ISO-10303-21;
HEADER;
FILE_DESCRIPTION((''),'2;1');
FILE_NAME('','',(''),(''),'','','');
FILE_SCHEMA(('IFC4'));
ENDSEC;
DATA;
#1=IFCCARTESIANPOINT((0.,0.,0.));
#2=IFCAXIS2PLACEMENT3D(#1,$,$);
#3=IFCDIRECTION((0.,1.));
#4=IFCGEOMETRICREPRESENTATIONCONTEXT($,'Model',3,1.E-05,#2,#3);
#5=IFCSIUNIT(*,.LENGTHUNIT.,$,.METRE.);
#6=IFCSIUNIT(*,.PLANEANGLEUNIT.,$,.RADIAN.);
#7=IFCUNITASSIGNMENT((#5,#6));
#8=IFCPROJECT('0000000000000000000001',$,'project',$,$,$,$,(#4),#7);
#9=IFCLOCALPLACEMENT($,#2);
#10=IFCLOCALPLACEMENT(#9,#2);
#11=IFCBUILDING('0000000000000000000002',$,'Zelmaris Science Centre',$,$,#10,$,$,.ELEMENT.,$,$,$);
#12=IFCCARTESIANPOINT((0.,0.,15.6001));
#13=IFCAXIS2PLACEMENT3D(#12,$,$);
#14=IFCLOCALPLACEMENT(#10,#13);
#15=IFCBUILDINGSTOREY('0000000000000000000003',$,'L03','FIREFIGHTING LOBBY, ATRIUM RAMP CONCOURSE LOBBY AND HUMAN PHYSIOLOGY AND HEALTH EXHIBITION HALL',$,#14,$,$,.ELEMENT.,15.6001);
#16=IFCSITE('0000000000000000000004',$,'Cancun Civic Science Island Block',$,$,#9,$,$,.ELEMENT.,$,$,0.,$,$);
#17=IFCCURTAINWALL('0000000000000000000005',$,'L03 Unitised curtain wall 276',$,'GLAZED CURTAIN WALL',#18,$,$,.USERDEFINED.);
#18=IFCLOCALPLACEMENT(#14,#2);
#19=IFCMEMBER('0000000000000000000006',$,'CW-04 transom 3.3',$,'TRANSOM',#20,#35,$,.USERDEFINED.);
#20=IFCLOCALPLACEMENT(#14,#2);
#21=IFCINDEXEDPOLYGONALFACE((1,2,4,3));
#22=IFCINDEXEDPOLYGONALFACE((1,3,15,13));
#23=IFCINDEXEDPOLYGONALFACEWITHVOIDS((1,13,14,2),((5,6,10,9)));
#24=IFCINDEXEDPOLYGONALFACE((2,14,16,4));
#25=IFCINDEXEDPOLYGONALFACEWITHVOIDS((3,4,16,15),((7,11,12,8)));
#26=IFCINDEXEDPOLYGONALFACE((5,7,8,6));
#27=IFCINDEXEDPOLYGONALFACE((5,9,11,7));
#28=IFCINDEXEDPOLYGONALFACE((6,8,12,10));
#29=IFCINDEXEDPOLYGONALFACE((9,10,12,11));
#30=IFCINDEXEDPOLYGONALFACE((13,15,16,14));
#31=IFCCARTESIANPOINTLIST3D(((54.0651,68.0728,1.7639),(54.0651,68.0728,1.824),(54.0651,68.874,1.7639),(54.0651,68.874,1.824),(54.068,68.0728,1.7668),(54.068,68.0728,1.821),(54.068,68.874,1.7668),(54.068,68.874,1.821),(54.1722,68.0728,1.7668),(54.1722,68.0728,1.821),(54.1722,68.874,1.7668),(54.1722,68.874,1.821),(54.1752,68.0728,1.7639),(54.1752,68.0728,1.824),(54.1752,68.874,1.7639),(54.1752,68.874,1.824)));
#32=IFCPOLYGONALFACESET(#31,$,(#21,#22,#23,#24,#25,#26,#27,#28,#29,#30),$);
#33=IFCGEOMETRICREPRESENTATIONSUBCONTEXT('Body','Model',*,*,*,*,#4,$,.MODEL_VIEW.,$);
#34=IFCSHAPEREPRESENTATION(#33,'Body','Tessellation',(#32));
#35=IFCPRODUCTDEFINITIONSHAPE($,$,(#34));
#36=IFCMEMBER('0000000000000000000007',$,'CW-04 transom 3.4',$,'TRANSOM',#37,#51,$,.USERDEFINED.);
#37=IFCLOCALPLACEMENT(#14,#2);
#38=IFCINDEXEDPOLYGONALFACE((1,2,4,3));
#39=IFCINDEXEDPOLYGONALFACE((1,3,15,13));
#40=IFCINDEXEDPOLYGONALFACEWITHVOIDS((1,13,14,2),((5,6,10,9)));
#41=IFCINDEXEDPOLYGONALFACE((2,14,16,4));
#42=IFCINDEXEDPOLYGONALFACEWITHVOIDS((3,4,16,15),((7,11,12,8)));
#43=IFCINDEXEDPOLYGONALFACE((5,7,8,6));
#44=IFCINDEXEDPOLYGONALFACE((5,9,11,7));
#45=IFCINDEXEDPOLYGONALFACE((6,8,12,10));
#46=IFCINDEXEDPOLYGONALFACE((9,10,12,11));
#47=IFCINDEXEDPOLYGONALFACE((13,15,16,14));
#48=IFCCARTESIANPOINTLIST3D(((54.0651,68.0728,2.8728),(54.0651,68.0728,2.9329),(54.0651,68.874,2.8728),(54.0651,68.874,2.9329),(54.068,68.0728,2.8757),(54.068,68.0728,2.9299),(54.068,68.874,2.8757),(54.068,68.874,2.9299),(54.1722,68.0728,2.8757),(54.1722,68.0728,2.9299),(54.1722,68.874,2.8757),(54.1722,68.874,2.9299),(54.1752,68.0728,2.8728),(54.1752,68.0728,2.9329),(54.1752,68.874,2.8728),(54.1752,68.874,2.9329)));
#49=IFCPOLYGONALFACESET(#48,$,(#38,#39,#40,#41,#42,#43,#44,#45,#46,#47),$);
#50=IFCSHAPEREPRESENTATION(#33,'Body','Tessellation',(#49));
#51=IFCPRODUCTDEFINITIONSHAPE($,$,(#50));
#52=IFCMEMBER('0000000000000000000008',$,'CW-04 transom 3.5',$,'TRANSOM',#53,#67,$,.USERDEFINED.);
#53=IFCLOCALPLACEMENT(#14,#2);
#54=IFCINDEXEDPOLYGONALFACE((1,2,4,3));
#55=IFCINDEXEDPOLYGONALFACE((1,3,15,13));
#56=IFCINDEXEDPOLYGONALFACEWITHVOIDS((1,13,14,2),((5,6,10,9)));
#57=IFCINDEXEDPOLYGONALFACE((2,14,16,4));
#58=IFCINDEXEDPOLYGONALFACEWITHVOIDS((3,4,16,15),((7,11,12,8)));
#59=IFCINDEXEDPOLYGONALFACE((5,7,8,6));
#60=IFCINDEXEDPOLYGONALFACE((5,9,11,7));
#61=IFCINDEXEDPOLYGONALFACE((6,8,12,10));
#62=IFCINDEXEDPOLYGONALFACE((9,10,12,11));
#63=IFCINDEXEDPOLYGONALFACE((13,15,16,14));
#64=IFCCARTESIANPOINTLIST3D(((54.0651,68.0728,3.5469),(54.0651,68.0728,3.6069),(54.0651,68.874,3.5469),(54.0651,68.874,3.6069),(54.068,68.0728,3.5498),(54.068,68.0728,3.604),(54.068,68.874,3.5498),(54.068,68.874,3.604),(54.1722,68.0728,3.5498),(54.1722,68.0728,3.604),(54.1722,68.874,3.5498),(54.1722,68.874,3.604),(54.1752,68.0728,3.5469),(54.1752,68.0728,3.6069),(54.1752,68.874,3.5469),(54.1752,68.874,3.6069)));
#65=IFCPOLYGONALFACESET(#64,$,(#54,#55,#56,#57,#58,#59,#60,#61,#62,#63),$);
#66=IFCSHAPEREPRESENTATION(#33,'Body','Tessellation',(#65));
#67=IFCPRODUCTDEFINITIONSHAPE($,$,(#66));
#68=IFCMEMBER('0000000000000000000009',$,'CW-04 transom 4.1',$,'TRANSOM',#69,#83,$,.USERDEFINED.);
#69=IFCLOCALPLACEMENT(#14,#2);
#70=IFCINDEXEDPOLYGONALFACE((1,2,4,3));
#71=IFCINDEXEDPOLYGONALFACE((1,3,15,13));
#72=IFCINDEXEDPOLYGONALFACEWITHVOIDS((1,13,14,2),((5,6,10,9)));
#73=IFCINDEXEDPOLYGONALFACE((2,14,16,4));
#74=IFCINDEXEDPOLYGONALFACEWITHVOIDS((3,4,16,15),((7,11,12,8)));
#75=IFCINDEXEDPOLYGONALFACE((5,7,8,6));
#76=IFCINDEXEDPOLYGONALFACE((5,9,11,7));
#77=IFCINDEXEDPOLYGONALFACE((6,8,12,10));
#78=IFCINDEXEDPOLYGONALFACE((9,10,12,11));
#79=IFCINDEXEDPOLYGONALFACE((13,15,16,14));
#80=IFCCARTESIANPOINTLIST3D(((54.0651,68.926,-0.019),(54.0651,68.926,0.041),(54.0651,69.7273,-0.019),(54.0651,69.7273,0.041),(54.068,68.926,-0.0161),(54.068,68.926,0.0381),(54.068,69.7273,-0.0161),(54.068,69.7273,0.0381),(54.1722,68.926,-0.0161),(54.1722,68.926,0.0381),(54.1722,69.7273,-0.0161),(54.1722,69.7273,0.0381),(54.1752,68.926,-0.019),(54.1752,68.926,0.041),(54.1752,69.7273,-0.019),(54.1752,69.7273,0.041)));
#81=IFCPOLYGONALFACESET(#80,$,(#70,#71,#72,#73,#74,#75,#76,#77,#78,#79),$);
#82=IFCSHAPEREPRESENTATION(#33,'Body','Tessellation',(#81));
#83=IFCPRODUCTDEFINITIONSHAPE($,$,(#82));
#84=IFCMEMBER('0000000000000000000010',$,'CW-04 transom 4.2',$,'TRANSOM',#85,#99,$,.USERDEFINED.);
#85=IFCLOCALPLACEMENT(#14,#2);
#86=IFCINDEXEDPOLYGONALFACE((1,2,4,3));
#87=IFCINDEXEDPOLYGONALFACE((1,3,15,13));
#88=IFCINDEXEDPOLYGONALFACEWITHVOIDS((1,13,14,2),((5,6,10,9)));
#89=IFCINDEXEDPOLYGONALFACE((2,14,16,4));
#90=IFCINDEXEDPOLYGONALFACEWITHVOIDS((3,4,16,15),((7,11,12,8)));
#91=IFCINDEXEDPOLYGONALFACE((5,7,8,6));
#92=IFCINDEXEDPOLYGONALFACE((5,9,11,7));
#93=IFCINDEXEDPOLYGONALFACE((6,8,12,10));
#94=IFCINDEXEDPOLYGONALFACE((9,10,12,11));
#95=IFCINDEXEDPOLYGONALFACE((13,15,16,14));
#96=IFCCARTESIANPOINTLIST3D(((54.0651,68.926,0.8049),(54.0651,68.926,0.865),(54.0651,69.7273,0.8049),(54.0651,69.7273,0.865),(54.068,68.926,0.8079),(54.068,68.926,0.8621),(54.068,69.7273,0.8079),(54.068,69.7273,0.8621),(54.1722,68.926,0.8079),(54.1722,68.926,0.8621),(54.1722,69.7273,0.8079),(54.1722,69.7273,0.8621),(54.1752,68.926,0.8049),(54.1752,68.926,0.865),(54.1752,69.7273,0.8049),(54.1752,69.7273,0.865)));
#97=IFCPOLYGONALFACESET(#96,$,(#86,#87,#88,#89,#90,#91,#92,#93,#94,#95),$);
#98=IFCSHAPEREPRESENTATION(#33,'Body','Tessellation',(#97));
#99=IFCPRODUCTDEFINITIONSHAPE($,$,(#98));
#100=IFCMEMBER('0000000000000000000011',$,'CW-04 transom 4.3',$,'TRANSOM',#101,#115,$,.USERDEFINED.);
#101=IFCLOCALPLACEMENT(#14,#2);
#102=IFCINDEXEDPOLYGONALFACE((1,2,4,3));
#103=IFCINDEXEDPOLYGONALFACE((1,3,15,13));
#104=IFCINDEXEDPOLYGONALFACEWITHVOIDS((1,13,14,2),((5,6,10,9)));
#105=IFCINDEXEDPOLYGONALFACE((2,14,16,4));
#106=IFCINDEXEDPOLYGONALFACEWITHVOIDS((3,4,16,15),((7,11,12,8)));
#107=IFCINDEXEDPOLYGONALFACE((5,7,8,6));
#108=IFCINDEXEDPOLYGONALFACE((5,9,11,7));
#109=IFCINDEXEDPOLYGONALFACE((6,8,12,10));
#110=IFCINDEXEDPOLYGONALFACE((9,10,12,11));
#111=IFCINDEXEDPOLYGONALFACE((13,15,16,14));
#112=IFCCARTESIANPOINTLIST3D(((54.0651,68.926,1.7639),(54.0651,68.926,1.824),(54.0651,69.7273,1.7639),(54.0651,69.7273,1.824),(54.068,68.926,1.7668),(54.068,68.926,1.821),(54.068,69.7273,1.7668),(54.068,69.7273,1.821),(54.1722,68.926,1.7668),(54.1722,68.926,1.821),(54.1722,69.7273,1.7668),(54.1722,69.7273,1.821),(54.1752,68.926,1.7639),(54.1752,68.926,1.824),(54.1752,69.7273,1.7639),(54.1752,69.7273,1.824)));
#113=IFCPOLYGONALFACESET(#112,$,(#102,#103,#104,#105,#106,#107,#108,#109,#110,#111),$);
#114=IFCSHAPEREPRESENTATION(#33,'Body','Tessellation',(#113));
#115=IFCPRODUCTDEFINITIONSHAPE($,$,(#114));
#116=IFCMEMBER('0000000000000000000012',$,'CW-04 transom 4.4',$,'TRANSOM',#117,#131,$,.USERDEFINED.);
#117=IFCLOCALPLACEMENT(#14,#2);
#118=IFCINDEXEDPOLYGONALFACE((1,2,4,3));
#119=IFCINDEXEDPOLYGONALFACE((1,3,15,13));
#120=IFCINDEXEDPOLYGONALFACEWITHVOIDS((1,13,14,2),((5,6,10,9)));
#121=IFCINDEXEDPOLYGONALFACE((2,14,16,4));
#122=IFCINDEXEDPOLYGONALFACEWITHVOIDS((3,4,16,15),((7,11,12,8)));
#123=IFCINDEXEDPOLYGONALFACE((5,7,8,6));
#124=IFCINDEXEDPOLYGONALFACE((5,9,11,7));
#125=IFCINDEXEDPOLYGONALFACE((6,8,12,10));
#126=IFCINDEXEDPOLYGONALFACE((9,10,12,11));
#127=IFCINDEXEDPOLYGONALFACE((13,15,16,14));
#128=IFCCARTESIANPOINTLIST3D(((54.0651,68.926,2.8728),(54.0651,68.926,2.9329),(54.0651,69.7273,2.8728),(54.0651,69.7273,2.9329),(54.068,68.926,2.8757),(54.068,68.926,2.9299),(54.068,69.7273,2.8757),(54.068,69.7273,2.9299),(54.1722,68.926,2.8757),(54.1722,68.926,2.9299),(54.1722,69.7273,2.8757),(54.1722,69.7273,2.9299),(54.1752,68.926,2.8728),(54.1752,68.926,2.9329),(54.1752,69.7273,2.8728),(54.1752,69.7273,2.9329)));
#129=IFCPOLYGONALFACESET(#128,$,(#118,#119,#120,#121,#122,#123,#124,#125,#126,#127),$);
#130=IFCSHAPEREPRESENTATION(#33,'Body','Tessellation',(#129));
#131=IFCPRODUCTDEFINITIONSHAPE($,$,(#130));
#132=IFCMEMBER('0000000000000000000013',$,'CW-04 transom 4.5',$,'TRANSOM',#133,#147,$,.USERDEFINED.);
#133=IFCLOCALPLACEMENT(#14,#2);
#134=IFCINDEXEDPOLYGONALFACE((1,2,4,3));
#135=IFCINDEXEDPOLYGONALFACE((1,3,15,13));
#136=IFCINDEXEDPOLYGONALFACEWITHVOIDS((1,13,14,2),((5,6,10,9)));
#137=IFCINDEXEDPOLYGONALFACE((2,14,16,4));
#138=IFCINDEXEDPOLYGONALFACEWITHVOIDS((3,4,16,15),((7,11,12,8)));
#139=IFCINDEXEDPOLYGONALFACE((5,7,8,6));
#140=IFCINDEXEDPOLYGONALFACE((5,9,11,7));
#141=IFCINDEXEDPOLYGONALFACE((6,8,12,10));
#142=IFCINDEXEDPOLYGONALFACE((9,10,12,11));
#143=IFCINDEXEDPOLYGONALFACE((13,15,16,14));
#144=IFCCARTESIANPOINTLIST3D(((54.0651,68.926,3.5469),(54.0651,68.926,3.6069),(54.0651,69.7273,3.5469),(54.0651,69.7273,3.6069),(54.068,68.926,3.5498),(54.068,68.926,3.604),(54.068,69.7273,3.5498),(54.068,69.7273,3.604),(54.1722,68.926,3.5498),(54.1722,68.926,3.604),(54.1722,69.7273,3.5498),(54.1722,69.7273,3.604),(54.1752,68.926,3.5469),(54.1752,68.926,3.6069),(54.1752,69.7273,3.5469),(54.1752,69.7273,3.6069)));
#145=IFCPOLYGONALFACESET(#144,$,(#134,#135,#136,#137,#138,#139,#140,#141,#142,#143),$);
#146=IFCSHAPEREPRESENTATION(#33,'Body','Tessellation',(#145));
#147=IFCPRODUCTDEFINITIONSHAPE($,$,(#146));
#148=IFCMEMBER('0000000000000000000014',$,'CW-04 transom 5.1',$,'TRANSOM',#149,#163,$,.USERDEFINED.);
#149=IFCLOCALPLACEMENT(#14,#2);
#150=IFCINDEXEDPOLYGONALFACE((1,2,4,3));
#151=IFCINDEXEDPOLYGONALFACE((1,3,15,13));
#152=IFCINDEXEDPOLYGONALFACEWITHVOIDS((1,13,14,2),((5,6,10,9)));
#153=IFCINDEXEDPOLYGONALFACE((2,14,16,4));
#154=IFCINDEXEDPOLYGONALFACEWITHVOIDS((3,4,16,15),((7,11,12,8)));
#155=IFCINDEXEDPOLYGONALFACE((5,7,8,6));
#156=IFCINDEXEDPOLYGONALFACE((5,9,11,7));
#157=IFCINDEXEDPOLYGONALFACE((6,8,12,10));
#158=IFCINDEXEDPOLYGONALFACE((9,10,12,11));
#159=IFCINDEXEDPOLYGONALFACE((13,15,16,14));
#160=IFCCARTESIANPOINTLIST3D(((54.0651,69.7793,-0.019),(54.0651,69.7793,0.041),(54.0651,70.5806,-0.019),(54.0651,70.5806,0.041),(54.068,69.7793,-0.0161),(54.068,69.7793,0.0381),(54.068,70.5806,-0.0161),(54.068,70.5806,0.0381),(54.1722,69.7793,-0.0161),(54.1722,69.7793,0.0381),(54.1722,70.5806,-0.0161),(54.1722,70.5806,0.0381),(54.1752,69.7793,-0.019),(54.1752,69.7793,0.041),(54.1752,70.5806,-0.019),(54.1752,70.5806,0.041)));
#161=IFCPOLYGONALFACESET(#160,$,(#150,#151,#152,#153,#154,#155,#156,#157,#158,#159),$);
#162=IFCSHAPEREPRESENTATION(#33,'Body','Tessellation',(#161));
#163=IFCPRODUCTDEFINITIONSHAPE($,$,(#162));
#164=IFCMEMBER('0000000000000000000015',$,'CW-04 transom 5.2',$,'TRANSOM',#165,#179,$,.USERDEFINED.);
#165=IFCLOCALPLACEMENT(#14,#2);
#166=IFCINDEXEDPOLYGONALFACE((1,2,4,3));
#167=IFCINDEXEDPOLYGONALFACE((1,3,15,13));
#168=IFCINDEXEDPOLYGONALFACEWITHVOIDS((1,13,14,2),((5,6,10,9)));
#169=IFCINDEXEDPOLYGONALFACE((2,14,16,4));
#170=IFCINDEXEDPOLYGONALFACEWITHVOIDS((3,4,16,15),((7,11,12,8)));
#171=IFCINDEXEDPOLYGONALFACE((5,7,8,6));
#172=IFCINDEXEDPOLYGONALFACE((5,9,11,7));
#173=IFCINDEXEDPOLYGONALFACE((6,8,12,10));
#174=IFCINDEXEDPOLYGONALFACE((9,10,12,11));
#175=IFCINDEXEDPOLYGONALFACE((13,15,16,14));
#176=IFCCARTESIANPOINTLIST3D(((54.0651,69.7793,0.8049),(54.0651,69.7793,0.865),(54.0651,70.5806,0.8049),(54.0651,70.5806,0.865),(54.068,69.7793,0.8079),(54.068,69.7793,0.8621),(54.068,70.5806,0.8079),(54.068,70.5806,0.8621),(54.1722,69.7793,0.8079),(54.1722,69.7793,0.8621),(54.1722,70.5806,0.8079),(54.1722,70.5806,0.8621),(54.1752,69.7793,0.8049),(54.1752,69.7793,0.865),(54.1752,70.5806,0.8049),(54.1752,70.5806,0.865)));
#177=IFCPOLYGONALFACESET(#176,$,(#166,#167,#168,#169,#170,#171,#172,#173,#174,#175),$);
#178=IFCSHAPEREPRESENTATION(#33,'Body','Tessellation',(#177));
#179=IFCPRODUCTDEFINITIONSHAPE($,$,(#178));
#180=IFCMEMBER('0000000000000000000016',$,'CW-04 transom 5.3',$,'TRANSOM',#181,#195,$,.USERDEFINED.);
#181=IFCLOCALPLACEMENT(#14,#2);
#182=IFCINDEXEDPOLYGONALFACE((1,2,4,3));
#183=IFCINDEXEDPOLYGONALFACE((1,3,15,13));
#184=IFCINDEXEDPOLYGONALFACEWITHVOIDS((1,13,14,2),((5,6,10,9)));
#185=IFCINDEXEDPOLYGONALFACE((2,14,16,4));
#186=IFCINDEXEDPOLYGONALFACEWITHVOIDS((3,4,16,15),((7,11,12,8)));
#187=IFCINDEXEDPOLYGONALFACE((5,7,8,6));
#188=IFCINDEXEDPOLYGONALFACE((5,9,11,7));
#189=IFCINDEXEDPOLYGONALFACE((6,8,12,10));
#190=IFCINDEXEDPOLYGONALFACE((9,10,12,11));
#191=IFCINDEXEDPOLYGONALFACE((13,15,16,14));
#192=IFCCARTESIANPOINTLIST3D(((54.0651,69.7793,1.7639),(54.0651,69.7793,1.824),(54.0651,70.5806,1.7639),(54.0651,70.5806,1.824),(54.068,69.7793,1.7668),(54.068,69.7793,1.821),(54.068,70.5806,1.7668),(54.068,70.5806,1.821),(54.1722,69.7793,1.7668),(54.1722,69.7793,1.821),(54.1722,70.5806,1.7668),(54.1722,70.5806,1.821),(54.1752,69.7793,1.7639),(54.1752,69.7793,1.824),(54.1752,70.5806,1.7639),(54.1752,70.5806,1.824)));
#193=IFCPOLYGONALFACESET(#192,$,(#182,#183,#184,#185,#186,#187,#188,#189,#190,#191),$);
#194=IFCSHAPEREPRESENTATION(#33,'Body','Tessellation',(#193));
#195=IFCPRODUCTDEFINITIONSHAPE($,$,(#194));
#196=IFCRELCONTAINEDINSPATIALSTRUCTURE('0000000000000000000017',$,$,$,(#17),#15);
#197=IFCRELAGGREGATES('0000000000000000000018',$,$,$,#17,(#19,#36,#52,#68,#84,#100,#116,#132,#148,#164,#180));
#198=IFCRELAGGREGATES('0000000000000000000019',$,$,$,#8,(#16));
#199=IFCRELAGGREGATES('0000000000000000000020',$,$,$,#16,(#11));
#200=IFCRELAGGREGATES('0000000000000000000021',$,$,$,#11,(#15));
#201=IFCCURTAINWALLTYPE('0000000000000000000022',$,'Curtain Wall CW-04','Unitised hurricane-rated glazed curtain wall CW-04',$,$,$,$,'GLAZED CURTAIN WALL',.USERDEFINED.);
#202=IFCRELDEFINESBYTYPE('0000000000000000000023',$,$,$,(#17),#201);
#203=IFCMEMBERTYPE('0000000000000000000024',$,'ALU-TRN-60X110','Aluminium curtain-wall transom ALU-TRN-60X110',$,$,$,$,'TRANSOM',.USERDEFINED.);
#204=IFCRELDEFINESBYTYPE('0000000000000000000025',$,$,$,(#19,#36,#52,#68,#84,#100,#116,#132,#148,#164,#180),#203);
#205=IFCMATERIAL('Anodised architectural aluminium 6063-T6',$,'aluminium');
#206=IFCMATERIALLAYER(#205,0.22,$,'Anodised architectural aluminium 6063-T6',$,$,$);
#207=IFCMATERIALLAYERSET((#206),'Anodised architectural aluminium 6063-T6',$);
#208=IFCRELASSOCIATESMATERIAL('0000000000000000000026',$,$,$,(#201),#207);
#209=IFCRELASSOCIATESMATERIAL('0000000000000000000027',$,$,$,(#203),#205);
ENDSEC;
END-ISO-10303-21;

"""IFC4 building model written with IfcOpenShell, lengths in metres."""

from ifc_helpers import new_model, si_unit, direction, frame, origin, origin_2d, place, context, subcontext, project, spatial, hollow_rectangle, extrude, material, layer, layer_set, material_profile, profile_set, type_object, element, aggregate, save


model = new_model("IFC4")

# Units and contexts
model_context = context("Model", 3, precision=1e-05, world=origin(), true_north=direction((0.0, 1.0)))
body_context = subcontext(model_context, "Body", "Model", "MODEL_VIEW")
ifc_project = project(units=[si_unit("LENGTHUNIT", "METRE"), si_unit("PLANEANGLEUNIT", "RADIAN")], contexts=[model_context])

# Site, building, storey
site_placement = place(None, origin())
site = spatial("IfcSite", under=ifc_project, at=site_placement, Name="Cancun Civic Science Island Block", CompositionType="ELEMENT", RefElevation=0.0)
building_placement = place(site_placement, origin())
building = spatial("IfcBuilding", under=site, at=building_placement, Name="Zelmaris Science Centre", CompositionType="ELEMENT")
storey_placement = place(building_placement, frame((0.0, 0.0, 15.6001)))
storey = spatial("IfcBuildingStorey", under=building, at=storey_placement, Name="L03", Description="FIREFIGHTING LOBBY, ATRIUM RAMP CONCOURSE LOBBY AND HUMAN PHYSIOLOGY AND HEALTH EXHIBITION HALL", CompositionType="ELEMENT", Elevation=15.6001)

# Curtain wall, members
ifc_material_1 = material(Name="Anodised architectural aluminium 6063-T6", Category="aluminium")
ifc_layer_1 = layer(ifc_material_1, 0.22, Name="Anodised architectural aluminium 6063-T6")
ifc_layer_set_1 = layer_set([ifc_layer_1], Name="Anodised architectural aluminium 6063-T6")
curtain_wall_type = type_object("IfcCurtainWallType", Name="Curtain Wall CW-04", Description="Unitised hurricane-rated glazed curtain wall CW-04", ElementType="GLAZED CURTAIN WALL", PredefinedType="USERDEFINED", material=ifc_layer_set_1)
curtain_wall_placement = place(storey_placement, origin())
curtain_wall = element("IfcCurtainWall", 1, at=curtain_wall_placement, inside=storey, type_object=curtain_wall_type, Name="L03 Unitised curtain wall 276", ObjectType="GLAZED CURTAIN WALL", PredefinedType="USERDEFINED")
ifc_material_profile_1 = material_profile(ifc_material_1, hollow_rectangle(XDim=0.0601, YDim=0.1101, WallThickness=0.0029, at=origin_2d()), Name="ALU-TRN-60X110")
ifc_profile_set_1 = profile_set([ifc_material_profile_1], Name="Anodised architectural aluminium 6063-T6")
member_type_1 = type_object("IfcMemberType", Name="ALU-TRN-60X110", Description="Aluminium curtain-wall transom ALU-TRN-60X110", ElementType="TRANSOM", PredefinedType="USERDEFINED", material=ifc_profile_set_1)
member_1_placement = place(storey_placement, frame((54.1201, 68.0728, 1.7939), z_axis=(0.0, 1.0, 0.0), x_axis=(0.0, 0.0, 1.0)))
member_1 = element("IfcMember", 2, at=member_1_placement, type_object=member_type_1, Name="CW-04 transom 3.3", ObjectType="TRANSOM", PredefinedType="USERDEFINED", context=body_context, shape_type="SweptSolid", body=[
    extrude(hollow_rectangle(XDim=0.0601, YDim=0.1101, WallThickness=0.0029, at=origin_2d()), origin(), (0.0, 0.0, 1.0), 0.8013),
])
member_2_placement = place(storey_placement, frame((54.1201, 68.0728, 2.9028), z_axis=(0.0, 1.0, 0.0), x_axis=(0.0, 0.0, 1.0)))
member_2 = element("IfcMember", 3, at=member_2_placement, type_object=member_type_1, Name="CW-04 transom 3.4", ObjectType="TRANSOM", PredefinedType="USERDEFINED", context=body_context, shape_type="SweptSolid", body=[
    extrude(hollow_rectangle(XDim=0.0601, YDim=0.1101, WallThickness=0.0029, at=origin_2d()), origin(), (0.0, 0.0, 1.0), 0.8013),
])
member_3_placement = place(storey_placement, frame((54.1201, 68.0728, 3.5769), z_axis=(0.0, 1.0, 0.0), x_axis=(0.0, 0.0, 1.0)))
member_3 = element("IfcMember", 4, at=member_3_placement, type_object=member_type_1, Name="CW-04 transom 3.5", ObjectType="TRANSOM", PredefinedType="USERDEFINED", context=body_context, shape_type="SweptSolid", body=[
    extrude(hollow_rectangle(XDim=0.0601, YDim=0.1101, WallThickness=0.0029, at=origin_2d()), origin(), (0.0, 0.0, 1.0), 0.8013),
])
member_4_placement = place(storey_placement, frame((54.1201, 68.926, 0.011), z_axis=(0.0, 1.0, 0.0), x_axis=(0.0, 0.0, 1.0)))
member_4 = element("IfcMember", 5, at=member_4_placement, type_object=member_type_1, Name="CW-04 transom 4.1", ObjectType="TRANSOM", PredefinedType="USERDEFINED", context=body_context, shape_type="SweptSolid", body=[
    extrude(hollow_rectangle(XDim=0.0601, YDim=0.1101, WallThickness=0.0029, at=origin_2d()), origin(), (0.0, 0.0, 1.0), 0.8013),
])
member_5_placement = place(storey_placement, frame((54.1201, 68.926, 0.835), z_axis=(0.0, 1.0, 0.0), x_axis=(0.0, 0.0, 1.0)))
member_5 = element("IfcMember", 6, at=member_5_placement, type_object=member_type_1, Name="CW-04 transom 4.2", ObjectType="TRANSOM", PredefinedType="USERDEFINED", context=body_context, shape_type="SweptSolid", body=[
    extrude(hollow_rectangle(XDim=0.0601, YDim=0.1101, WallThickness=0.0029, at=origin_2d()), origin(), (0.0, 0.0, 1.0), 0.8013),
])
member_6_placement = place(storey_placement, frame((54.1201, 68.926, 1.7939), z_axis=(0.0, 1.0, 0.0), x_axis=(0.0, 0.0, 1.0)))
member_6 = element("IfcMember", 7, at=member_6_placement, type_object=member_type_1, Name="CW-04 transom 4.3", ObjectType="TRANSOM", PredefinedType="USERDEFINED", context=body_context, shape_type="SweptSolid", body=[
    extrude(hollow_rectangle(XDim=0.0601, YDim=0.1101, WallThickness=0.0029, at=origin_2d()), origin(), (0.0, 0.0, 1.0), 0.8013),
])
member_7_placement = place(storey_placement, frame((54.1201, 68.926, 2.9028), z_axis=(0.0, 1.0, 0.0), x_axis=(0.0, 0.0, 1.0)))
member_7 = element("IfcMember", 8, at=member_7_placement, type_object=member_type_1, Name="CW-04 transom 4.4", ObjectType="TRANSOM", PredefinedType="USERDEFINED", context=body_context, shape_type="SweptSolid", body=[
    extrude(hollow_rectangle(XDim=0.0601, YDim=0.1101, WallThickness=0.0029, at=origin_2d()), origin(), (0.0, 0.0, 1.0), 0.8013),
])
member_8_placement = place(storey_placement, frame((54.1201, 68.926, 3.5769), z_axis=(0.0, 1.0, 0.0), x_axis=(0.0, 0.0, 1.0)))
member_8 = element("IfcMember", 9, at=member_8_placement, type_object=member_type_1, Name="CW-04 transom 4.5", ObjectType="TRANSOM", PredefinedType="USERDEFINED", context=body_context, shape_type="SweptSolid", body=[
    extrude(hollow_rectangle(XDim=0.0601, YDim=0.1101, WallThickness=0.0029, at=origin_2d()), origin(), (0.0, 0.0, 1.0), 0.8013),
])
member_9_placement = place(storey_placement, frame((54.1201, 69.7793, 0.011), z_axis=(0.0, 1.0, 0.0), x_axis=(0.0, 0.0, 1.0)))
member_9 = element("IfcMember", 10, at=member_9_placement, type_object=member_type_1, Name="CW-04 transom 5.1", ObjectType="TRANSOM", PredefinedType="USERDEFINED", context=body_context, shape_type="SweptSolid", body=[
    extrude(hollow_rectangle(XDim=0.0601, YDim=0.1101, WallThickness=0.0029, at=origin_2d()), origin(), (0.0, 0.0, 1.0), 0.8013),
])
member_10_placement = place(storey_placement, frame((54.1201, 69.7793, 0.835), z_axis=(0.0, 1.0, 0.0), x_axis=(0.0, 0.0, 1.0)))
member_10 = element("IfcMember", 11, at=member_10_placement, type_object=member_type_1, Name="CW-04 transom 5.2", ObjectType="TRANSOM", PredefinedType="USERDEFINED", context=body_context, shape_type="SweptSolid", body=[
    extrude(hollow_rectangle(XDim=0.0601, YDim=0.1101, WallThickness=0.0029, at=origin_2d()), origin(), (0.0, 0.0, 1.0), 0.8013),
])
member_11_placement = place(storey_placement, frame((54.1201, 69.7793, 1.7939), z_axis=(0.0, 1.0, 0.0), x_axis=(0.0, 0.0, 1.0)))
member_11 = element("IfcMember", 12, at=member_11_placement, type_object=member_type_1, Name="CW-04 transom 5.3", ObjectType="TRANSOM", PredefinedType="USERDEFINED", context=body_context, shape_type="SweptSolid", body=[
    extrude(hollow_rectangle(XDim=0.0601, YDim=0.1101, WallThickness=0.0029, at=origin_2d()), origin(), (0.0, 0.0, 1.0), 0.8013),
])

aggregate(curtain_wall, [member_1, member_2, member_3, member_4, member_5, member_6, member_7, member_8, member_9, member_10, member_11])

save(model, "model.ifc")
